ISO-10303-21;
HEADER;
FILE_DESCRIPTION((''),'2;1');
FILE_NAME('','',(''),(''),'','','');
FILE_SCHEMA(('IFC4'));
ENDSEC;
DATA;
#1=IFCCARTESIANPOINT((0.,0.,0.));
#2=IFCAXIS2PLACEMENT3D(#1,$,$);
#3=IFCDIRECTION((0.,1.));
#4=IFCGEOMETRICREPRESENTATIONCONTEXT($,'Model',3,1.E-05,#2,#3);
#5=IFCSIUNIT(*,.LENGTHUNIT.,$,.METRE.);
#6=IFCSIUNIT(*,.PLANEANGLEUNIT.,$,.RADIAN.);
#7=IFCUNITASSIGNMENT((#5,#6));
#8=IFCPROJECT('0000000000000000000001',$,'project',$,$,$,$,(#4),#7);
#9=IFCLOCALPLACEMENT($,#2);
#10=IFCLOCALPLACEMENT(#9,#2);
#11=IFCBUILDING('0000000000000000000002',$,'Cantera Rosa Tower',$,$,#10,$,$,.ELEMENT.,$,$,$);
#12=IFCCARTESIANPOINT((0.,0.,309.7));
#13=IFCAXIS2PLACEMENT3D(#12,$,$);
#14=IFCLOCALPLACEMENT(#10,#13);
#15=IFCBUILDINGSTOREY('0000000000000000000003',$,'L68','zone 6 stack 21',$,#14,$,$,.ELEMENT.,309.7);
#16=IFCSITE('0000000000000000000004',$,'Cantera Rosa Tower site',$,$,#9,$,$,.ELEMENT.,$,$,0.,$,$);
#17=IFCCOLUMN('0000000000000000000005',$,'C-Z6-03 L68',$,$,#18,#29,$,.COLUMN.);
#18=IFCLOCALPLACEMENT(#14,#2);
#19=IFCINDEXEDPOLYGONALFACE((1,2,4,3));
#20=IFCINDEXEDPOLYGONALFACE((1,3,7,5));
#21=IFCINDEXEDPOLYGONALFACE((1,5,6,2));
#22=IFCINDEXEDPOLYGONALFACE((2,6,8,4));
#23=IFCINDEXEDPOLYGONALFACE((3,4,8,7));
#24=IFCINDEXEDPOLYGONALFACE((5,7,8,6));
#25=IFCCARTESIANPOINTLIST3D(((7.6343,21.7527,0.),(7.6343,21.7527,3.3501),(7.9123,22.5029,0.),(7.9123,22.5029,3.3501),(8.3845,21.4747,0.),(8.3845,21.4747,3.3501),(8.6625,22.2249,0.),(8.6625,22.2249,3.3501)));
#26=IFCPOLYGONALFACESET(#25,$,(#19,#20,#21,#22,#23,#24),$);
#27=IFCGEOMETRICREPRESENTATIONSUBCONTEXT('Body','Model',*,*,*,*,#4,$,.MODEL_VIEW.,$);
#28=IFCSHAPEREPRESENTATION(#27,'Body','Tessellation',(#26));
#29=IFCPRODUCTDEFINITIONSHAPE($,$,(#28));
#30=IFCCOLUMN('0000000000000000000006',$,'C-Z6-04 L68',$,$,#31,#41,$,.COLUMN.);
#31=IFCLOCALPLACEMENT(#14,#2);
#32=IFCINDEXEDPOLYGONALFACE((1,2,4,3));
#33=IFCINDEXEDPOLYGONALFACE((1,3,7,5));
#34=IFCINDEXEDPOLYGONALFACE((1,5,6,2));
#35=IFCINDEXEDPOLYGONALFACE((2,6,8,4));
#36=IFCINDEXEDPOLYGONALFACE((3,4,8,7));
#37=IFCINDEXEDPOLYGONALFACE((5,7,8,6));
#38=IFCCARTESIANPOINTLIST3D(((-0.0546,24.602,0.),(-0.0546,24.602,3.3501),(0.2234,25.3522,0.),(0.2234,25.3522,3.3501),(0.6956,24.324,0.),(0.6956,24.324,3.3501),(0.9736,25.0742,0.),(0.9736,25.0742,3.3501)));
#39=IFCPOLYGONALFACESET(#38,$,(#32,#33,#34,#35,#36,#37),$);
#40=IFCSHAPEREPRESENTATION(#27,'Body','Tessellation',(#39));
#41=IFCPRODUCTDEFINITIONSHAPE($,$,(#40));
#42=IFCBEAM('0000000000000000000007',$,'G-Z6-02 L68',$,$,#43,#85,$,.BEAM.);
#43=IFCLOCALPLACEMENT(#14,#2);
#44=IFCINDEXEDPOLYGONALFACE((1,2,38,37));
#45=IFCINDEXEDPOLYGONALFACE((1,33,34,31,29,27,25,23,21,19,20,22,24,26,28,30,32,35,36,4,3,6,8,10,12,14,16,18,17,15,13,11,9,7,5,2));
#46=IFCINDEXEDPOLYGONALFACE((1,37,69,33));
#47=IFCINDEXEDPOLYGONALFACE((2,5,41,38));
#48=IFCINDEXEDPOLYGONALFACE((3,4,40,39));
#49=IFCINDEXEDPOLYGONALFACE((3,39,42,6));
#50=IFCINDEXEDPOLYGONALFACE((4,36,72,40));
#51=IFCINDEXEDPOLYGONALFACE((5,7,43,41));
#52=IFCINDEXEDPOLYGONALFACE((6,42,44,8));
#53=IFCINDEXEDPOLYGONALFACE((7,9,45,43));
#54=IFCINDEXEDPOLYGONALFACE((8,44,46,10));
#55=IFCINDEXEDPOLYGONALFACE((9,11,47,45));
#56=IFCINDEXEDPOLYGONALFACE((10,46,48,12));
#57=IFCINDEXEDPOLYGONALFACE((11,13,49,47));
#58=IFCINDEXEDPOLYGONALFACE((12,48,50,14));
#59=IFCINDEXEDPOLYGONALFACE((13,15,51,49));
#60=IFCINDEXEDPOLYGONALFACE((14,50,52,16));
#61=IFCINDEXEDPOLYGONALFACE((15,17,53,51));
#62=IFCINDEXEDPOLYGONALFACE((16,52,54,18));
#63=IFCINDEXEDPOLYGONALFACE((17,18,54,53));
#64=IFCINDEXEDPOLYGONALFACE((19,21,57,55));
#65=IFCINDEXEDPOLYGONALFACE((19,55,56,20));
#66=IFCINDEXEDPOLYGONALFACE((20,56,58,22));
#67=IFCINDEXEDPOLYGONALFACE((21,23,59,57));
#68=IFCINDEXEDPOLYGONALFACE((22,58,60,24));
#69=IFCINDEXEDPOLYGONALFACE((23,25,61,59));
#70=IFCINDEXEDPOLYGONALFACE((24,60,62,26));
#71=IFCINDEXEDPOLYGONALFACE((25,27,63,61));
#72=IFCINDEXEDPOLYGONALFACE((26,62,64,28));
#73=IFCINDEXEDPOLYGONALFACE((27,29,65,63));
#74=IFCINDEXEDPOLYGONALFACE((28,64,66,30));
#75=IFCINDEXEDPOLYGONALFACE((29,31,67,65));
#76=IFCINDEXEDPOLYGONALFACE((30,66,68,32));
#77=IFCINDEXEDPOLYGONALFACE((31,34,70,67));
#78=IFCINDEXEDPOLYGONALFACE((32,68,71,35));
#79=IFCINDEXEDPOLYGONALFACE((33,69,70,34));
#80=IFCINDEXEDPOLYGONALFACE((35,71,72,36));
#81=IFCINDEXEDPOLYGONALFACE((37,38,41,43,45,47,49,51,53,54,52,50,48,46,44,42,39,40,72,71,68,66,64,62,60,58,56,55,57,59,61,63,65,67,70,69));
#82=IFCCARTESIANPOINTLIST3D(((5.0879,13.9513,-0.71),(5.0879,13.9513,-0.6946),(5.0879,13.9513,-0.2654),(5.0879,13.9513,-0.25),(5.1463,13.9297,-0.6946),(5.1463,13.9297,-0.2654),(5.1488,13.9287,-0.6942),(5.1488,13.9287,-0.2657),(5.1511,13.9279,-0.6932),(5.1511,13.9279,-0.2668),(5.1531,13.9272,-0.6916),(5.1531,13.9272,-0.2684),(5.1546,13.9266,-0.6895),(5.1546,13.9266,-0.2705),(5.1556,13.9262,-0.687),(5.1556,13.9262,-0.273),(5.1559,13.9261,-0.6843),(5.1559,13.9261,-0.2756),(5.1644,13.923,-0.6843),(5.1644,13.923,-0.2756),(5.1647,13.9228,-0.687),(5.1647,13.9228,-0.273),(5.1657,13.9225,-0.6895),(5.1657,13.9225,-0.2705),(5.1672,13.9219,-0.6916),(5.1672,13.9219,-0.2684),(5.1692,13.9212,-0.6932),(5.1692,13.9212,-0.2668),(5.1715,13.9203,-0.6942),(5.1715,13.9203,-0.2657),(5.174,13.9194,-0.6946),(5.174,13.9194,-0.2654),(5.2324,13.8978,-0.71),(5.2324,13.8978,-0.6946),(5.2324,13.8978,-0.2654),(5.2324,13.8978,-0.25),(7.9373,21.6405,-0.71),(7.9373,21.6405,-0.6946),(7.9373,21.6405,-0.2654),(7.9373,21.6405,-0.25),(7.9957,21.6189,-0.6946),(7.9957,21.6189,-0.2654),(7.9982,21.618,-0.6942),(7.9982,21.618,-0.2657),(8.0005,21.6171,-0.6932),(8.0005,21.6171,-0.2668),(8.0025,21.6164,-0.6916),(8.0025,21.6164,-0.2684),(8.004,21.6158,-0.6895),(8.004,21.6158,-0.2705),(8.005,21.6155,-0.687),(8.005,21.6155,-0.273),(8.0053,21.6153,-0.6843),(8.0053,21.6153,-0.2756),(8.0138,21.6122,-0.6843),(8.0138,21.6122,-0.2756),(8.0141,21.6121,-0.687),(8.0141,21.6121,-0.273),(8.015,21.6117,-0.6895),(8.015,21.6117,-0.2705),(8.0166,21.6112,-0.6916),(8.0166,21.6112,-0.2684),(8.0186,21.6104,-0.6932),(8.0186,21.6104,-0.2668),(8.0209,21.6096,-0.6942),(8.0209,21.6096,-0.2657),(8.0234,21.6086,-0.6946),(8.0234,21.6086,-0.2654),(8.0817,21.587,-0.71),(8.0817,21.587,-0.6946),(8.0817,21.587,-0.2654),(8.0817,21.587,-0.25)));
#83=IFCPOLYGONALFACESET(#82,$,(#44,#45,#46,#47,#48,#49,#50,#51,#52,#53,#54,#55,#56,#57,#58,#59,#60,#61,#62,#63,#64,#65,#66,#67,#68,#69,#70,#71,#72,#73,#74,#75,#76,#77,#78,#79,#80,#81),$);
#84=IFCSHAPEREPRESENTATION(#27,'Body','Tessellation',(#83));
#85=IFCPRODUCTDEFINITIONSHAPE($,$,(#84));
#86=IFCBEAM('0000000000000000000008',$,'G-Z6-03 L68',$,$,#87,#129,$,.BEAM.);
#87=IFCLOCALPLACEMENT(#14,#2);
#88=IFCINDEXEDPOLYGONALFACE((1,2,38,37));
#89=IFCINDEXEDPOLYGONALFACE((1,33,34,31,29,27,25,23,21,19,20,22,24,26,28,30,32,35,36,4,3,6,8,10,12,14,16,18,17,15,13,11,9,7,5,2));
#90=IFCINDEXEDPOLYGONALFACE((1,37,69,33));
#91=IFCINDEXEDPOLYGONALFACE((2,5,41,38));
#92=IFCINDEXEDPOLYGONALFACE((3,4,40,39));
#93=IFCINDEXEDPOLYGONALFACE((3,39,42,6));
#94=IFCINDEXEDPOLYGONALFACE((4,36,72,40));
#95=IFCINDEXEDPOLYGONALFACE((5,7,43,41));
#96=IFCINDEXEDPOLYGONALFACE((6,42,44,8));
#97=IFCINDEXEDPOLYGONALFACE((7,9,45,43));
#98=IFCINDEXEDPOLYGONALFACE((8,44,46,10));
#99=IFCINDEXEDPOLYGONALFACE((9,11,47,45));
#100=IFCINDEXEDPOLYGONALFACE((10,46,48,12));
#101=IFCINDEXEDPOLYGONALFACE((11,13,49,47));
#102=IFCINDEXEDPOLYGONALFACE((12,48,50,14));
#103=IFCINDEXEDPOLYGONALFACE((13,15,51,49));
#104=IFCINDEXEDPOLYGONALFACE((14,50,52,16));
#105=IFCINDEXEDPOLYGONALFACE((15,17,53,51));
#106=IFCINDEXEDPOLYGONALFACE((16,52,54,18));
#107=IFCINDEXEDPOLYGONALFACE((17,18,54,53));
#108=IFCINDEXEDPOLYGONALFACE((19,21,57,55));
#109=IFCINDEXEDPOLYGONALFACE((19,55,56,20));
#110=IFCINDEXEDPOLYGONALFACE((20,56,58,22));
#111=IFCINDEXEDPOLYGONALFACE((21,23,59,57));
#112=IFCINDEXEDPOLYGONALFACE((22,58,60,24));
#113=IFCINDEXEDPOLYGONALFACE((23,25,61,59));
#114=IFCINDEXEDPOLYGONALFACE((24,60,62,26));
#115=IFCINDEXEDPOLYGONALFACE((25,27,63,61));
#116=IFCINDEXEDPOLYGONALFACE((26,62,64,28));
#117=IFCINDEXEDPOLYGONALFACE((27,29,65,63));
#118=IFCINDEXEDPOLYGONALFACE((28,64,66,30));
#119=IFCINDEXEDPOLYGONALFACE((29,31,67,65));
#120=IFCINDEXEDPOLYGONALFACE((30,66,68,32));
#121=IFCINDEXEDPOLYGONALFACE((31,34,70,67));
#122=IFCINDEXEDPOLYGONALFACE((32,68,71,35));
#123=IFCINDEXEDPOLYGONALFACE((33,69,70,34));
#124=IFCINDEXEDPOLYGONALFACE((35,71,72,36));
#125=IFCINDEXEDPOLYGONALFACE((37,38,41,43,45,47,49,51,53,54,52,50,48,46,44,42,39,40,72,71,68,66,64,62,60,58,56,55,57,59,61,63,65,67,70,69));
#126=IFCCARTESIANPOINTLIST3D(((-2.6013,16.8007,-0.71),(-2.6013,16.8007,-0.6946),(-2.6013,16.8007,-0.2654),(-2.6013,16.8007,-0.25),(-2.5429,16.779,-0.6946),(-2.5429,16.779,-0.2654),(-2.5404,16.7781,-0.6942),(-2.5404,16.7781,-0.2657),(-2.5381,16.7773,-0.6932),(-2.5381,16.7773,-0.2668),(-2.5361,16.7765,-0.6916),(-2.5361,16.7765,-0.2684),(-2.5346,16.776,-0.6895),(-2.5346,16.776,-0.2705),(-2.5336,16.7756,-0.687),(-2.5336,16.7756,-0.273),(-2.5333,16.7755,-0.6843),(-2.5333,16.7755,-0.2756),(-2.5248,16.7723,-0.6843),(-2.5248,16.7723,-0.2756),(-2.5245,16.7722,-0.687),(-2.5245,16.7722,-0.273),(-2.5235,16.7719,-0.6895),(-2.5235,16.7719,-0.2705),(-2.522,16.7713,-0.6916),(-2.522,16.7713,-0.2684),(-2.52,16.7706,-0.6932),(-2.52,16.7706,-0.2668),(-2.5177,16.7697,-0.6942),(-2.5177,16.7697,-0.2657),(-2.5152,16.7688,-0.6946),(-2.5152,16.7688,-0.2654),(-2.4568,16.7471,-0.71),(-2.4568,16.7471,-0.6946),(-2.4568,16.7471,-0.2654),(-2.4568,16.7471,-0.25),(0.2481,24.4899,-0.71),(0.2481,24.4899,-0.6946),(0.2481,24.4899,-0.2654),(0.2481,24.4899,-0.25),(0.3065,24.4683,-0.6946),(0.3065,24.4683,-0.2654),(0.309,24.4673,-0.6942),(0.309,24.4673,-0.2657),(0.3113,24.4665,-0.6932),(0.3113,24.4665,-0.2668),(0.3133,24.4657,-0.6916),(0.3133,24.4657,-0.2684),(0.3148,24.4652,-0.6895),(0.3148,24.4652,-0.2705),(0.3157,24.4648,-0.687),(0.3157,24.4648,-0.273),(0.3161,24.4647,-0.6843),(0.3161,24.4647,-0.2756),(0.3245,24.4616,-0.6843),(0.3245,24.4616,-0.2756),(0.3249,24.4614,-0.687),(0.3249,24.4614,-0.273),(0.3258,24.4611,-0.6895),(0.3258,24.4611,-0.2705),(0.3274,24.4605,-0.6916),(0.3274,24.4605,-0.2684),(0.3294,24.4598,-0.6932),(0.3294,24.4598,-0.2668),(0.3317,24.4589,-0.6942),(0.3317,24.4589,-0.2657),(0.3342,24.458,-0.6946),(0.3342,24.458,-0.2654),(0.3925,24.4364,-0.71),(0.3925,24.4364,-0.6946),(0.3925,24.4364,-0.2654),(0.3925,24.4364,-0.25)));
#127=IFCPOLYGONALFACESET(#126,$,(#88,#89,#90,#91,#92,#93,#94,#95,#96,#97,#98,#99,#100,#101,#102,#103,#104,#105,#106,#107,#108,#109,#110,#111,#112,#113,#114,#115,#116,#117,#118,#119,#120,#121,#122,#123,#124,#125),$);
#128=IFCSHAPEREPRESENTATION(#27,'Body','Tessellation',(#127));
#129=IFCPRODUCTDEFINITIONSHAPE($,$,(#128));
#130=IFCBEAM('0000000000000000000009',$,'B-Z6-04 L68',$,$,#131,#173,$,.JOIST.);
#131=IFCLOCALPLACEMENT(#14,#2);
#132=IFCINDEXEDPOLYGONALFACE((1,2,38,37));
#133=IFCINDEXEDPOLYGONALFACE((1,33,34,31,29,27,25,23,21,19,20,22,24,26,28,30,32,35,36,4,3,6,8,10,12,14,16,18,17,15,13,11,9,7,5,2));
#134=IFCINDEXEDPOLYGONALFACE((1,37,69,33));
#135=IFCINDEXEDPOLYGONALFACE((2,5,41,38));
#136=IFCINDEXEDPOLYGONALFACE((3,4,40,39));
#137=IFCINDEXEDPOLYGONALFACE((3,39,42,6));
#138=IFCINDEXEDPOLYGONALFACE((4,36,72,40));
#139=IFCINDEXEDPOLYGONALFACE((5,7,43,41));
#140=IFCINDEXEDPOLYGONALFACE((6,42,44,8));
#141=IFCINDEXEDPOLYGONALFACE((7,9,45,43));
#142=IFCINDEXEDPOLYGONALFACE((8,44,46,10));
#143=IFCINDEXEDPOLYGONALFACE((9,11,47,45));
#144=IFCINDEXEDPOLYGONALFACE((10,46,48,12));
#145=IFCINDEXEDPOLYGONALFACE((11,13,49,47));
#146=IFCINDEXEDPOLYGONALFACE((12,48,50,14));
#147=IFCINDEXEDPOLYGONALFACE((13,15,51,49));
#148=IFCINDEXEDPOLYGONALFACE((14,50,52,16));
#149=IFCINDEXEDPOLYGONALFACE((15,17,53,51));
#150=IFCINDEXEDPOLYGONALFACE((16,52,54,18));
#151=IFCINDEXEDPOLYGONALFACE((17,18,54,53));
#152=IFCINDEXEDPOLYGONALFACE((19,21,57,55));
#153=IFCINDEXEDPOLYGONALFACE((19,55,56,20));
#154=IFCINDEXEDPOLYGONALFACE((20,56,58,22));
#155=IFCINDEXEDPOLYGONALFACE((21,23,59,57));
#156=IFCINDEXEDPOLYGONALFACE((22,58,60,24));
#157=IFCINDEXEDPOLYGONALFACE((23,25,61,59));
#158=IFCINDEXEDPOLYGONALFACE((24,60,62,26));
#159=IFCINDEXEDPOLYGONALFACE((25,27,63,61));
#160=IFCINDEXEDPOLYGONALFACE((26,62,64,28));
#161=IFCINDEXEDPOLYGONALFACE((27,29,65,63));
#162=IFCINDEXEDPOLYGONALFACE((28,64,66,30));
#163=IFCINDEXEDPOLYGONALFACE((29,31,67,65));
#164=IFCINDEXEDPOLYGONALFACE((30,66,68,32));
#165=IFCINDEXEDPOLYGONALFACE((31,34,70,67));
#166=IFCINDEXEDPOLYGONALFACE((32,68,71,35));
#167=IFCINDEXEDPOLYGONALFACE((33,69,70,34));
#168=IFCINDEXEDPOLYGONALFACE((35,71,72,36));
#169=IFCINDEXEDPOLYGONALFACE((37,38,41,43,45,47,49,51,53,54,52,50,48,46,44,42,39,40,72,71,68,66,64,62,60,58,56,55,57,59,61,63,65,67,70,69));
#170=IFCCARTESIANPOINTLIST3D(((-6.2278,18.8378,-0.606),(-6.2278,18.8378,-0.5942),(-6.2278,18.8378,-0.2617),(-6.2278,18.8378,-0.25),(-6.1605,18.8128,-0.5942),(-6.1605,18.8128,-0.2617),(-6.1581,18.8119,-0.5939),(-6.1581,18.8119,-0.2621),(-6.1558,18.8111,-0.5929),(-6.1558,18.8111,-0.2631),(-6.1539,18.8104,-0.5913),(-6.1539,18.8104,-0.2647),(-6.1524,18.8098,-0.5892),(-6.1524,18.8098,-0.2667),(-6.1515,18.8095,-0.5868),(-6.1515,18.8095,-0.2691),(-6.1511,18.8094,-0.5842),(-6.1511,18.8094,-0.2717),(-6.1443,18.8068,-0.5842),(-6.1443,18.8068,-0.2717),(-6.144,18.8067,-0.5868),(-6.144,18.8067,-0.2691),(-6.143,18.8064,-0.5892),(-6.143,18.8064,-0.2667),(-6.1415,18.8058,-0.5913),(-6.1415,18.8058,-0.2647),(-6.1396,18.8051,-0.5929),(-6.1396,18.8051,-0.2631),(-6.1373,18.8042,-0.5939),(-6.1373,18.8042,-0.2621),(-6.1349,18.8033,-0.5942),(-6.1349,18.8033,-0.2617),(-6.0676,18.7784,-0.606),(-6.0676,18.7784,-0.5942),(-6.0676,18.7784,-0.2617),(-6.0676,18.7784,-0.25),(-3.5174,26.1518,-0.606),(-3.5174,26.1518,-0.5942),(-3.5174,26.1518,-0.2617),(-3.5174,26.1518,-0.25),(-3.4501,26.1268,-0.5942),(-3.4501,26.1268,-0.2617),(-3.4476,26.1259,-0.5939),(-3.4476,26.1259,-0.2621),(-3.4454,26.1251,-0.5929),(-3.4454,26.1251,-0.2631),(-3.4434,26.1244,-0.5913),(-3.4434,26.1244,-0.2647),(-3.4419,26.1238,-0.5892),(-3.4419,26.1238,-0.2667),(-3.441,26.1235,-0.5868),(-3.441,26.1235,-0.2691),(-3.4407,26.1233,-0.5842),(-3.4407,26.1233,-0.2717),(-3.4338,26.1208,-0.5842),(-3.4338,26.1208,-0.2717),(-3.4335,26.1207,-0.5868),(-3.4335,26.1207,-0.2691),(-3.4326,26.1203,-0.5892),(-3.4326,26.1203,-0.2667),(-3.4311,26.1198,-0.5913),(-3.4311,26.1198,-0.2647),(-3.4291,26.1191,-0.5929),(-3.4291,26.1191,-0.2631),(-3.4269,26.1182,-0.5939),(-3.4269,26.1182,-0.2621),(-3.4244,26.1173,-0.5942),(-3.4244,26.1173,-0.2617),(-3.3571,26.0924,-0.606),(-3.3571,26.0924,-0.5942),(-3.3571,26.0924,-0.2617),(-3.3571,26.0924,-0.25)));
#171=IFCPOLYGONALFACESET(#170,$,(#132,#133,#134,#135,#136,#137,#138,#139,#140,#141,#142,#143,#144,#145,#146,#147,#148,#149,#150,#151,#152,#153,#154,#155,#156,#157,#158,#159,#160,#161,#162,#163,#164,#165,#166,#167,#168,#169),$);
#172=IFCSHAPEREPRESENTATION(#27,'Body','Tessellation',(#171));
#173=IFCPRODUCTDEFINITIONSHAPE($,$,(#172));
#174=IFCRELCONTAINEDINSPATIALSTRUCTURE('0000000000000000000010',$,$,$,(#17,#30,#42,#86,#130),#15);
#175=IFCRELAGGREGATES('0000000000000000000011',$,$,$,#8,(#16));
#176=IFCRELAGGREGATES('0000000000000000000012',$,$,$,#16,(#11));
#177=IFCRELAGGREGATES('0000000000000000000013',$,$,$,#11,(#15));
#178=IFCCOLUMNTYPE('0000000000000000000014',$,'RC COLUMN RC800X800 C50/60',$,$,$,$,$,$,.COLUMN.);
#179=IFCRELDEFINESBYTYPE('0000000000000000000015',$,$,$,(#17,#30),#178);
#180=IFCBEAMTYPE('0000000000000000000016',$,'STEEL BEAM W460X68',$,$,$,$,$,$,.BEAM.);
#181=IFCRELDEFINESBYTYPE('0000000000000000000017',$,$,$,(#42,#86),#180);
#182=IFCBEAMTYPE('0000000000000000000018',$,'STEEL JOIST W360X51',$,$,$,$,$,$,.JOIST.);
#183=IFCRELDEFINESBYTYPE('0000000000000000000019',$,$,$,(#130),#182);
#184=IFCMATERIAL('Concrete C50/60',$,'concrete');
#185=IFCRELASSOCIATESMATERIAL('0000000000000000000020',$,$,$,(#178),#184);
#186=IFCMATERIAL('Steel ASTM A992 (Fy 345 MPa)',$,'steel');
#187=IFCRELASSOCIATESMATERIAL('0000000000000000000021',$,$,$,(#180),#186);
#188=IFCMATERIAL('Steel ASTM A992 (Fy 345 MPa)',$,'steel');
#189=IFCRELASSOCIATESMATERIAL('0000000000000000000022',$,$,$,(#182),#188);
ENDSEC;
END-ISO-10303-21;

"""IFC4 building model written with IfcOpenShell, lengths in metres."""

from ifc_helpers import new_model, si_unit, direction, frame, origin, origin_2d, place, context, subcontext, project, spatial, rectangle, i_section, extrude, material, material_profile, profile_set, type_object, element, save


model = new_model("IFC4")

# Units and contexts
model_context = context("Model", 3, precision=1e-05, world=origin(), true_north=direction((0.0, 1.0)))
body_context = subcontext(model_context, "Body", "Model", "MODEL_VIEW")
ifc_project = project(units=[si_unit("LENGTHUNIT", "METRE"), si_unit("PLANEANGLEUNIT", "RADIAN")], contexts=[model_context])

# Site, building, storey
site_placement = place(None, origin())
site = spatial("IfcSite", under=ifc_project, at=site_placement, Name="Cantera Rosa Tower site", CompositionType="ELEMENT", RefElevation=0.0)
building_placement = place(site_placement, origin())
building = spatial("IfcBuilding", under=site, at=building_placement, Name="Cantera Rosa Tower", CompositionType="ELEMENT")
storey_placement = place(building_placement, frame((0.0, 0.0, 309.7)))
storey = spatial("IfcBuildingStorey", under=building, at=storey_placement, Name="L68", Description="zone 6 stack 21", CompositionType="ELEMENT", Elevation=309.7)

# Columns
ifc_material_1 = material(Name="Concrete C50/60", Category="concrete")
ifc_material_profile_1 = material_profile(ifc_material_1, rectangle(XDim=0.8, YDim=0.8, at=origin_2d()), Name="RC COLUMN RC800X800 C50/60")
ifc_profile_set_1 = profile_set([ifc_material_profile_1], Name="Concrete C50/60")
column_type = type_object("IfcColumnType", Name="RC COLUMN RC800X800 C50/60", PredefinedType="COLUMN", material=ifc_profile_set_1)
for number, where, z_axis, x_axis, name in (
    (1, (8.1484, 21.9888, 0.0), (0.0, 0.0, 1.0), (0.347481, 0.937687, 0.0), "C-Z6-03 L68"),
    (2, (0.4595, 24.8381, 0.0), (0.0, 0.0, 1.0), (0.347481, 0.937687, 0.0), "C-Z6-04 L68"),
):
    element("IfcColumn", number, at=place(storey_placement, frame(where, z_axis=z_axis, x_axis=x_axis)), inside=storey, type_object=column_type, Name=name, PredefinedType="COLUMN", context=body_context, shape_type="SweptSolid", body=[
        extrude(rectangle(XDim=0.8, YDim=0.8, at=origin_2d()), origin(), (0.0, 0.0, 1.0), 3.3501),
    ])

# Beams
ifc_material_2 = material(Name="Steel ASTM A992 (Fy 345 MPa)", Category="steel")
ifc_material_profile_2 = material_profile(ifc_material_2, i_section(OverallWidth=0.1541, OverallDepth=0.46, WebThickness=0.009, FlangeThickness=0.0154, FilletRadius=0.0103, at=origin_2d()), Name="W460X68")
ifc_profile_set_2 = profile_set([ifc_material_profile_2], Name="Steel ASTM A992 (Fy 345 MPa)")
beam_type_1 = type_object("IfcBeamType", Name="STEEL BEAM W460X68", PredefinedType="BEAM", material=ifc_profile_set_2)
for number, where, z_axis, x_axis, name in (
    (3, (8.0095, 21.6138, -0.48), (-0.347476, -0.937689, 0.0), (0.937689, -0.347476, 0.0), "G-Z6-02 L68"),
    (4, (0.3203, 24.4631, -0.48), (-0.347476, -0.937689, 0.0), (0.937689, -0.347476, 0.0), "G-Z6-03 L68"),
):
    element("IfcBeam", number, at=place(storey_placement, frame(where, z_axis=z_axis, x_axis=x_axis)), inside=storey, type_object=beam_type_1, Name=name, PredefinedType="BEAM", context=body_context, shape_type="SweptSolid", body=[
        extrude(i_section(OverallWidth=0.1541, OverallDepth=0.46, WebThickness=0.009, FlangeThickness=0.0154, FilletRadius=0.0103, at=origin_2d()), origin(), (0.0, 0.0, 1.0), 8.2002),
    ])
ifc_material_3 = material(Name="Steel ASTM A992 (Fy 345 MPa)", Category="steel")
ifc_material_profile_3 = material_profile(ifc_material_3, i_section(OverallWidth=0.1709, OverallDepth=0.356, WebThickness=0.0073, FlangeThickness=0.0117, FilletRadius=0.01, at=origin_2d()), Name="W360X51")
ifc_profile_set_3 = profile_set([ifc_material_profile_3], Name="Steel ASTM A992 (Fy 345 MPa)")
beam_type_2 = type_object("IfcBeamType", Name="STEEL JOIST W360X51", PredefinedType="JOIST", material=ifc_profile_set_3)
beam_1_placement = place(storey_placement, frame((-3.4373, 26.1221, -0.428), z_axis=(-0.347492, -0.937683, 0.0), x_axis=(0.937683, -0.347492, 0.0)))
element("IfcBeam", 5, at=beam_1_placement, inside=storey, type_object=beam_type_2, Name="B-Z6-04 L68", PredefinedType="JOIST", context=body_context, shape_type="SweptSolid", body=[
    extrude(i_section(OverallWidth=0.1709, OverallDepth=0.356, WebThickness=0.0073, FlangeThickness=0.0117, FilletRadius=0.01, at=origin_2d()), origin(), (0.0, 0.0, 1.0), 7.8),
])

save(model, "model.ifc")
